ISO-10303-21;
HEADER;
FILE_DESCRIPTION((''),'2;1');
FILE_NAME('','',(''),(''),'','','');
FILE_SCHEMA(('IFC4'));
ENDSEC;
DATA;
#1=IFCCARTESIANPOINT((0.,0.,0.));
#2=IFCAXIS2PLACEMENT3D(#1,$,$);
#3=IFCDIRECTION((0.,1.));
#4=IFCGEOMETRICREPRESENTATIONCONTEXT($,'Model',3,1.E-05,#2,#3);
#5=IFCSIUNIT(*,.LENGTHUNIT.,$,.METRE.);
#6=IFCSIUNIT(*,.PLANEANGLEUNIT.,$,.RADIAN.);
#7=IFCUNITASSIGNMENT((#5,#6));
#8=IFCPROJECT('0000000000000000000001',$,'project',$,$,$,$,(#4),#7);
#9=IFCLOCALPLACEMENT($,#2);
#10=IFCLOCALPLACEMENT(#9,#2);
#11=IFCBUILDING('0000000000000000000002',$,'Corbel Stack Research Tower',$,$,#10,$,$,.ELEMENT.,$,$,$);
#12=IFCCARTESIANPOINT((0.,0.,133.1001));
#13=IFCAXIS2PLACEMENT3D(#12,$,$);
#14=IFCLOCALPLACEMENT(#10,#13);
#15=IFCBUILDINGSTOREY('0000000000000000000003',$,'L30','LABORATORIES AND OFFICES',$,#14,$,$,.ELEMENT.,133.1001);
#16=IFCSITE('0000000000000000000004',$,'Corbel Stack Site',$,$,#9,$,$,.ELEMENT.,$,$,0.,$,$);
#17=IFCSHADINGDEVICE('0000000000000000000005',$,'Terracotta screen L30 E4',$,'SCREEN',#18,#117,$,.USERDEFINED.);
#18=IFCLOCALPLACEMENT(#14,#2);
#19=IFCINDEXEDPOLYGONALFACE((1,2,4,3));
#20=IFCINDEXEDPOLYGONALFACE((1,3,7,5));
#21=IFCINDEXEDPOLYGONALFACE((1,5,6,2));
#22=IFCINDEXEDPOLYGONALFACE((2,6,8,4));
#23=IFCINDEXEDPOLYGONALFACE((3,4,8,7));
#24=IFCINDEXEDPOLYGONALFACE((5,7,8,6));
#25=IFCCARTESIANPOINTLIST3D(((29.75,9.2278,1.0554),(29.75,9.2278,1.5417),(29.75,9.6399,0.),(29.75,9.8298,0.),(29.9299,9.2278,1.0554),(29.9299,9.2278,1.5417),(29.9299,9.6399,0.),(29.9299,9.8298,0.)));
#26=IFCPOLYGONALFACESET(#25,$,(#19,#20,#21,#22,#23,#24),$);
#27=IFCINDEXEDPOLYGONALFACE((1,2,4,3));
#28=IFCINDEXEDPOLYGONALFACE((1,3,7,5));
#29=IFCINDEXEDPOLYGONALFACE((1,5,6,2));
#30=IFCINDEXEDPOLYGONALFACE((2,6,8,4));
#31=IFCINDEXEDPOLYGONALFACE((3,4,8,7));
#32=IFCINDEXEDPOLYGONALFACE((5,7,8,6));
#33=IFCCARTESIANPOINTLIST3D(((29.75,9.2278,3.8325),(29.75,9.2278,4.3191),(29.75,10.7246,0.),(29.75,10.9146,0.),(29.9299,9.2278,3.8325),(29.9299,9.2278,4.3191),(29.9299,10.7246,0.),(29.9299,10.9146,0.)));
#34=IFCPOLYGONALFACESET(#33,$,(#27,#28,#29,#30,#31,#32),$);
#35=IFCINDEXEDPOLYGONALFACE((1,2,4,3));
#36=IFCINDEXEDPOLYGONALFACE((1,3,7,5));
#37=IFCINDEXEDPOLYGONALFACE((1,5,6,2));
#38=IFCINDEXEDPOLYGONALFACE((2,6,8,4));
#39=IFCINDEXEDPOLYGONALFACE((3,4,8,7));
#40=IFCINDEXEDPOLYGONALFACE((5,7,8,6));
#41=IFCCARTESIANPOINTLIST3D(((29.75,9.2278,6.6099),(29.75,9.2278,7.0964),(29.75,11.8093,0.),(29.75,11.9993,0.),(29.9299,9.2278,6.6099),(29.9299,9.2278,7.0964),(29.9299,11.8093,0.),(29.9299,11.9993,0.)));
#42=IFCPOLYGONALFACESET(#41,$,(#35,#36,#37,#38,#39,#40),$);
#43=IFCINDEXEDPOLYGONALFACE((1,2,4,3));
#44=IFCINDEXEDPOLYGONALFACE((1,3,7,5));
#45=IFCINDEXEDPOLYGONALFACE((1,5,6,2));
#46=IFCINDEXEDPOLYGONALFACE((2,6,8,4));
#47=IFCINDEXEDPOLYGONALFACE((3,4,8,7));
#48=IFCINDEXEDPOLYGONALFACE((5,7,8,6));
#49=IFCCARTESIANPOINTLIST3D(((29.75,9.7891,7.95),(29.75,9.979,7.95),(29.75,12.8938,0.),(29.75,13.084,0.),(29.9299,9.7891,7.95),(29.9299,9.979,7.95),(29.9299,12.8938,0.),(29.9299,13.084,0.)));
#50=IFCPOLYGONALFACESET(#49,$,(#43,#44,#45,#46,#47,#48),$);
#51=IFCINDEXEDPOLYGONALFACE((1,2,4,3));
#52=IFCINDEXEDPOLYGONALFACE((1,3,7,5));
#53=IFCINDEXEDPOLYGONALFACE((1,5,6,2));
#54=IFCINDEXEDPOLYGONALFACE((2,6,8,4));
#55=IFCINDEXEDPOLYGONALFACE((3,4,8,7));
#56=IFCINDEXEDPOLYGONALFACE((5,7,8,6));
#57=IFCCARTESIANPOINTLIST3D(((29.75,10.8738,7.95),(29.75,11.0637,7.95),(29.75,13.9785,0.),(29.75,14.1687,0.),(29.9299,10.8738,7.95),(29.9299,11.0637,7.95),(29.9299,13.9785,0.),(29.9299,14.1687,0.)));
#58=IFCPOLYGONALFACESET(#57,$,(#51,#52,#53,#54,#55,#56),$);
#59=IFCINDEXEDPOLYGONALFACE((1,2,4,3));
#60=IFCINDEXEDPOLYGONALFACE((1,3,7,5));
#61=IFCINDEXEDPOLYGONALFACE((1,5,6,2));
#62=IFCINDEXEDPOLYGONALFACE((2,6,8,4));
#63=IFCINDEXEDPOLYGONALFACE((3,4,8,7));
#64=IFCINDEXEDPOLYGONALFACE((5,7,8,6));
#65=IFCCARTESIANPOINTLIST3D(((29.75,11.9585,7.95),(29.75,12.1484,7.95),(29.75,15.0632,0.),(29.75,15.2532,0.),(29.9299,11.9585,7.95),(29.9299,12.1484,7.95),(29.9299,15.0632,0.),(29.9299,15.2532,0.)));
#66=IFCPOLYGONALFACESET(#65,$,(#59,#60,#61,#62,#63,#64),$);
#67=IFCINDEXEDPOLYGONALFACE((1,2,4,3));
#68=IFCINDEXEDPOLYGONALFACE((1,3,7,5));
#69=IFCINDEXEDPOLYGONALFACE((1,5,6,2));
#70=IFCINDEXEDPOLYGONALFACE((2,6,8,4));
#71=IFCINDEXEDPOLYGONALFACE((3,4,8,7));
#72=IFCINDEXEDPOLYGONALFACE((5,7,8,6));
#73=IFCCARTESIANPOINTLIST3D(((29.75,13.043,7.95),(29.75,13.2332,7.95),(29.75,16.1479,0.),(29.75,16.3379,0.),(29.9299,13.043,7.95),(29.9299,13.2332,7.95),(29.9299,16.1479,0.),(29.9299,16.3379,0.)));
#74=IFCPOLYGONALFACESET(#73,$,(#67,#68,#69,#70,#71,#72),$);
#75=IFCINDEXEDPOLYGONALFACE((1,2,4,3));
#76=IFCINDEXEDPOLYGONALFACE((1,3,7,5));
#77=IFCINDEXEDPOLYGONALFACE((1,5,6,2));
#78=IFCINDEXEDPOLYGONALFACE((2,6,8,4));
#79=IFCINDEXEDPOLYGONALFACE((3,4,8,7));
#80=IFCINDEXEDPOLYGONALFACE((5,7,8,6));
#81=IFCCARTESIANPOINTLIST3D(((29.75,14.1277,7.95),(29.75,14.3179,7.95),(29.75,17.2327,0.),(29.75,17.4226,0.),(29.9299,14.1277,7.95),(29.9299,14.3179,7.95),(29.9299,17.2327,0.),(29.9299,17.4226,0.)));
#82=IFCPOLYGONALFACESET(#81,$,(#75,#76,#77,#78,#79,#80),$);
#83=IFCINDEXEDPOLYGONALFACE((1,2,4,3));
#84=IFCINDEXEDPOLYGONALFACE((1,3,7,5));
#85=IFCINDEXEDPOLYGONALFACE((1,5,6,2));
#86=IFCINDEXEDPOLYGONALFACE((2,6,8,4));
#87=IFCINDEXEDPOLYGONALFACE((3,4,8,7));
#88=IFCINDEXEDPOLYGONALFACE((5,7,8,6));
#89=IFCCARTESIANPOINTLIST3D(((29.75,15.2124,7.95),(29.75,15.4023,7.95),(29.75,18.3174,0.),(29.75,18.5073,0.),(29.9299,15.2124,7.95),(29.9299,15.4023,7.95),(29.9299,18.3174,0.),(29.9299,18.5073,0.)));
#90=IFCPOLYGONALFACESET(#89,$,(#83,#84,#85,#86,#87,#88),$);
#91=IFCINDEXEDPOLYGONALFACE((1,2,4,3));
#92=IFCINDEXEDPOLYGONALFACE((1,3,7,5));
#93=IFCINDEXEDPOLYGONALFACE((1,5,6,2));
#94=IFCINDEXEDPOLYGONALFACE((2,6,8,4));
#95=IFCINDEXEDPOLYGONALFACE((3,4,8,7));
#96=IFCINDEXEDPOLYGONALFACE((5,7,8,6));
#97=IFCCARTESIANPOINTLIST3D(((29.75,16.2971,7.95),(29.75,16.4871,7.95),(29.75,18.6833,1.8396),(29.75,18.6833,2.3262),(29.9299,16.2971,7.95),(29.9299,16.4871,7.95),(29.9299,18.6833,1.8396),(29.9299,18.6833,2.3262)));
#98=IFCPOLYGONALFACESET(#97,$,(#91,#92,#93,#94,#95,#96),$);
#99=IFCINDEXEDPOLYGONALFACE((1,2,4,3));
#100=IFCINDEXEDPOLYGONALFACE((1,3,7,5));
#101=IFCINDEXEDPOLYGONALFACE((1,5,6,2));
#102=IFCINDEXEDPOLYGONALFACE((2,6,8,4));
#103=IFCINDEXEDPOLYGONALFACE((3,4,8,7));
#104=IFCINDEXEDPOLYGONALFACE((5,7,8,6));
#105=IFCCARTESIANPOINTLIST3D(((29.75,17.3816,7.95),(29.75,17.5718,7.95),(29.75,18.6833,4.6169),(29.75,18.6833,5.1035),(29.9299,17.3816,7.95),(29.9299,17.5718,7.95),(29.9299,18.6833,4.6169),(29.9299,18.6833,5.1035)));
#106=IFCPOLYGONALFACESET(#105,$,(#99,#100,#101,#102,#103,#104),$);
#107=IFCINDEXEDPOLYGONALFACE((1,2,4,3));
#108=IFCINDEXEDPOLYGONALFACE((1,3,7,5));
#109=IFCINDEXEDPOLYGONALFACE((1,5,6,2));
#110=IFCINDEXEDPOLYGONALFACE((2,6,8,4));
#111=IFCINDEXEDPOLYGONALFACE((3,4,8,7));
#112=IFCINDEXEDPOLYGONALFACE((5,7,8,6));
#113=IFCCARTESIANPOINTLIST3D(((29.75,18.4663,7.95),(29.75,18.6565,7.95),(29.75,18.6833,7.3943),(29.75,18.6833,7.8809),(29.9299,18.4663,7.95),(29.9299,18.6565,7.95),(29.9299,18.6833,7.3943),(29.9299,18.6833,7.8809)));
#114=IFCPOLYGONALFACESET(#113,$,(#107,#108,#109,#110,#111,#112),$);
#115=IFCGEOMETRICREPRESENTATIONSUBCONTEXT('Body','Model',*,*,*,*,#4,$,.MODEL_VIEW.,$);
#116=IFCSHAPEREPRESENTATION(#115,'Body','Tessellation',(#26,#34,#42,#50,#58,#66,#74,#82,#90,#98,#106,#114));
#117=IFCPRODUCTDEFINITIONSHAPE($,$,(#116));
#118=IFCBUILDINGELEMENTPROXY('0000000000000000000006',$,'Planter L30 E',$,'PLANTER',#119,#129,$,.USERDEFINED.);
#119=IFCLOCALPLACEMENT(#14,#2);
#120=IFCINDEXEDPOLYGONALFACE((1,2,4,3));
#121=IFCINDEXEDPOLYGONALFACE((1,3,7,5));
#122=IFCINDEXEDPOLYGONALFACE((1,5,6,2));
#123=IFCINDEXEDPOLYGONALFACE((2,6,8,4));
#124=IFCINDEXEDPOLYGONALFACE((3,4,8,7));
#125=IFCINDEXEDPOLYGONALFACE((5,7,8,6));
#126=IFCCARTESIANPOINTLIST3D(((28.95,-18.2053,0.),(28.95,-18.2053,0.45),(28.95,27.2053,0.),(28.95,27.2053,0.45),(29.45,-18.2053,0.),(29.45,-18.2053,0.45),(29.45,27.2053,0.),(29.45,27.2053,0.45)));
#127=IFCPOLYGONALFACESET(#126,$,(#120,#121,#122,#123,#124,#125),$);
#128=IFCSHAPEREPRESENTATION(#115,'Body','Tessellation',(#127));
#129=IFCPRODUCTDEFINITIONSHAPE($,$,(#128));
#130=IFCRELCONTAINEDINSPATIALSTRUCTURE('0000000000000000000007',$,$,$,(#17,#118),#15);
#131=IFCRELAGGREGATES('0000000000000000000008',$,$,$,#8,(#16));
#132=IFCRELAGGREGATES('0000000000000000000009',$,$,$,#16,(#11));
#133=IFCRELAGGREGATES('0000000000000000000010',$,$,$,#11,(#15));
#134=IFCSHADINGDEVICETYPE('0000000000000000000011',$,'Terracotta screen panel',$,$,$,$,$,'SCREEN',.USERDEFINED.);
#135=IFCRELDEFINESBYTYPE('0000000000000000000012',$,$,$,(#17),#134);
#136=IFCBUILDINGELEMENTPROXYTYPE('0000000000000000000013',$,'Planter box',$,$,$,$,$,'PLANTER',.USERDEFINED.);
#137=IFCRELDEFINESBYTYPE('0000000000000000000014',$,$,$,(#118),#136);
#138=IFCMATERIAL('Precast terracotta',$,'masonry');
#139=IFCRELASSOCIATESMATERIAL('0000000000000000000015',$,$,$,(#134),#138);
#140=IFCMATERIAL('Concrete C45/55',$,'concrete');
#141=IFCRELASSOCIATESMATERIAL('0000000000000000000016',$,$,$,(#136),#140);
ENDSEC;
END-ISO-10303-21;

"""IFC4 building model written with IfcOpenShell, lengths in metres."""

from ifc_helpers import new_model, si_unit, direction, frame, origin, origin_2d, place, context, subcontext, project, spatial, polyline, rectangle, outline, extrude, source, transform, mapped, material, type_object, element, save


model = new_model("IFC4")

# Units and contexts
model_context = context("Model", 3, precision=1e-05, world=origin(), true_north=direction((0.0, 1.0)))
body_context = subcontext(model_context, "Body", "Model", "MODEL_VIEW")
ifc_project = project(units=[si_unit("LENGTHUNIT", "METRE"), si_unit("PLANEANGLEUNIT", "RADIAN")], contexts=[model_context])

# Site, building, storey
site_placement = place(None, origin())
site = spatial("IfcSite", under=ifc_project, at=site_placement, Name="Corbel Stack Site", CompositionType="ELEMENT", RefElevation=0.0)
building_placement = place(site_placement, origin())
building = spatial("IfcBuilding", under=site, at=building_placement, Name="Corbel Stack Research Tower", CompositionType="ELEMENT")
storey_placement = place(building_placement, frame((0.0, 0.0, 133.1001)))
storey = spatial("IfcBuildingStorey", under=building, at=storey_placement, Name="L30", Description="LABORATORIES AND OFFICES", CompositionType="ELEMENT", Elevation=133.1001)

# Shading device
ifc_material_1 = material(Name="Precast terracotta", Category="masonry")
shading_device_type = type_object("IfcShadingDeviceType", Name="Terracotta screen panel", ElementType="SCREEN", PredefinedType="USERDEFINED", material=ifc_material_1)
shared_shape = source(origin(), body_context, "Body", "SweptSolid", [
    extrude(outline(polyline([(0.6021, 0.0), (0.0, 1.5417), (0.0, 1.0554), (0.4121, 0.0), (0.6021, 0.0)])), frame((0.0, 0.0, 0.0), z_axis=(0.0, -1.0, 0.0), x_axis=(1.0, 0.0, 0.0)), (0.0, 0.0, 1.0), 0.1799),
    extrude(outline(polyline([(1.6868, 0.0), (0.0, 4.3191), (0.0, 3.8325), (1.4968, 0.0), (1.6868, 0.0)])), frame((0.0, 0.0, 0.0), z_axis=(0.0, -1.0, 0.0), x_axis=(1.0, 0.0, 0.0)), (0.0, 0.0, 1.0), 0.1799),
    extrude(outline(polyline([(2.7715, 0.0), (0.0, 7.0964), (0.0, 6.6099), (2.5815, 0.0), (2.7715, 0.0)])), frame((0.0, 0.0, 0.0), z_axis=(0.0, -1.0, 0.0), x_axis=(1.0, 0.0, 0.0)), (0.0, 0.0, 1.0), 0.1799),
    extrude(outline(polyline([(3.8562, 0.0), (0.7512, 7.95), (0.5613, 7.95), (3.666, 0.0), (3.8562, 0.0)])), frame((0.0, 0.0, 0.0), z_axis=(0.0, -1.0, 0.0), x_axis=(1.0, 0.0, 0.0)), (0.0, 0.0, 1.0), 0.1799),
    extrude(outline(polyline([(4.9409, 0.0), (1.8359, 7.95), (1.646, 7.95), (4.7507, 0.0), (4.9409, 0.0)])), frame((0.0, 0.0, 0.0), z_axis=(0.0, -1.0, 0.0), x_axis=(1.0, 0.0, 0.0)), (0.0, 0.0, 1.0), 0.1799),
    extrude(outline(polyline([(6.0254, 0.0), (2.9207, 7.95), (2.7307, 7.95), (5.8354, 0.0), (6.0254, 0.0)])), frame((0.0, 0.0, 0.0), z_axis=(0.0, -1.0, 0.0), x_axis=(1.0, 0.0, 0.0)), (0.0, 0.0, 1.0), 0.1799),
    extrude(outline(polyline([(7.1101, 0.0), (4.0054, 7.95), (3.8152, 7.95), (6.9202, 0.0), (7.1101, 0.0)])), frame((0.0, 0.0, 0.0), z_axis=(0.0, -1.0, 0.0), x_axis=(1.0, 0.0, 0.0)), (0.0, 0.0, 1.0), 0.1799),
    extrude(outline(polyline([(8.1948, 0.0), (5.0901, 7.95), (4.8999, 7.95), (8.0049, 0.0), (8.1948, 0.0)])), frame((0.0, 0.0, 0.0), z_axis=(0.0, -1.0, 0.0), x_axis=(1.0, 0.0, 0.0)), (0.0, 0.0, 1.0), 0.1799),
    extrude(outline(polyline([(9.2795, 0.0), (6.1746, 7.95), (5.9846, 7.95), (9.0896, 0.0), (9.2795, 0.0)])), frame((0.0, 0.0, 0.0), z_axis=(0.0, -1.0, 0.0), x_axis=(1.0, 0.0, 0.0)), (0.0, 0.0, 1.0), 0.1799),
    extrude(outline(polyline([(7.2593, 7.95), (7.0693, 7.95), (9.4556, 1.8396), (9.4556, 2.3262), (7.2593, 7.95)])), frame((0.0, 0.0, 0.0), z_axis=(0.0, -1.0, 0.0), x_axis=(1.0, 0.0, 0.0)), (0.0, 0.0, 1.0), 0.1799),
    extrude(outline(polyline([(8.344, 7.95), (8.1538, 7.95), (9.4556, 4.6169), (9.4556, 5.1035), (8.344, 7.95)])), frame((0.0, 0.0, 0.0), z_axis=(0.0, -1.0, 0.0), x_axis=(1.0, 0.0, 0.0)), (0.0, 0.0, 1.0), 0.1799),
    extrude(outline(polyline([(9.4287, 7.95), (9.2385, 7.95), (9.4556, 7.3943), (9.4556, 7.8809), (9.4287, 7.95)])), frame((0.0, 0.0, 0.0), z_axis=(0.0, -1.0, 0.0), x_axis=(1.0, 0.0, 0.0)), (0.0, 0.0, 1.0), 0.1799),
])
shading_device_placement = place(storey_placement, frame((29.75, 9.2278, 0.0), z_axis=(0.0, 0.0, 1.0), x_axis=(0.0, 1.0, 0.0)))
element("IfcShadingDevice", 1, at=shading_device_placement, inside=storey, type_object=shading_device_type, Name="Terracotta screen L30 E4", ObjectType="SCREEN", PredefinedType="USERDEFINED", context=body_context, shape_type="MappedRepresentation", body=[
    mapped(shared_shape, transform((0.0, 0.0, 0.0))),
])

# Building element proxy
ifc_material_2 = material(Name="Concrete C45/55", Category="concrete")
building_element_proxy_type = type_object("IfcBuildingElementProxyType", Name="Planter box", ElementType="PLANTER", PredefinedType="USERDEFINED", material=ifc_material_2)
proxy_placement = place(storey_placement, frame((29.2, 4.5, 0.0), z_axis=(0.0, 0.0, 1.0), x_axis=(0.0, 1.0, 0.0)))
element("IfcBuildingElementProxy", 2, at=proxy_placement, inside=storey, type_object=building_element_proxy_type, Name="Planter L30 E", ObjectType="PLANTER", PredefinedType="USERDEFINED", context=body_context, shape_type="SweptSolid", body=[
    extrude(rectangle(XDim=45.4106, YDim=0.5, at=origin_2d()), origin(), (0.0, 0.0, 1.0), 0.45),
])

save(model, "model.ifc")
